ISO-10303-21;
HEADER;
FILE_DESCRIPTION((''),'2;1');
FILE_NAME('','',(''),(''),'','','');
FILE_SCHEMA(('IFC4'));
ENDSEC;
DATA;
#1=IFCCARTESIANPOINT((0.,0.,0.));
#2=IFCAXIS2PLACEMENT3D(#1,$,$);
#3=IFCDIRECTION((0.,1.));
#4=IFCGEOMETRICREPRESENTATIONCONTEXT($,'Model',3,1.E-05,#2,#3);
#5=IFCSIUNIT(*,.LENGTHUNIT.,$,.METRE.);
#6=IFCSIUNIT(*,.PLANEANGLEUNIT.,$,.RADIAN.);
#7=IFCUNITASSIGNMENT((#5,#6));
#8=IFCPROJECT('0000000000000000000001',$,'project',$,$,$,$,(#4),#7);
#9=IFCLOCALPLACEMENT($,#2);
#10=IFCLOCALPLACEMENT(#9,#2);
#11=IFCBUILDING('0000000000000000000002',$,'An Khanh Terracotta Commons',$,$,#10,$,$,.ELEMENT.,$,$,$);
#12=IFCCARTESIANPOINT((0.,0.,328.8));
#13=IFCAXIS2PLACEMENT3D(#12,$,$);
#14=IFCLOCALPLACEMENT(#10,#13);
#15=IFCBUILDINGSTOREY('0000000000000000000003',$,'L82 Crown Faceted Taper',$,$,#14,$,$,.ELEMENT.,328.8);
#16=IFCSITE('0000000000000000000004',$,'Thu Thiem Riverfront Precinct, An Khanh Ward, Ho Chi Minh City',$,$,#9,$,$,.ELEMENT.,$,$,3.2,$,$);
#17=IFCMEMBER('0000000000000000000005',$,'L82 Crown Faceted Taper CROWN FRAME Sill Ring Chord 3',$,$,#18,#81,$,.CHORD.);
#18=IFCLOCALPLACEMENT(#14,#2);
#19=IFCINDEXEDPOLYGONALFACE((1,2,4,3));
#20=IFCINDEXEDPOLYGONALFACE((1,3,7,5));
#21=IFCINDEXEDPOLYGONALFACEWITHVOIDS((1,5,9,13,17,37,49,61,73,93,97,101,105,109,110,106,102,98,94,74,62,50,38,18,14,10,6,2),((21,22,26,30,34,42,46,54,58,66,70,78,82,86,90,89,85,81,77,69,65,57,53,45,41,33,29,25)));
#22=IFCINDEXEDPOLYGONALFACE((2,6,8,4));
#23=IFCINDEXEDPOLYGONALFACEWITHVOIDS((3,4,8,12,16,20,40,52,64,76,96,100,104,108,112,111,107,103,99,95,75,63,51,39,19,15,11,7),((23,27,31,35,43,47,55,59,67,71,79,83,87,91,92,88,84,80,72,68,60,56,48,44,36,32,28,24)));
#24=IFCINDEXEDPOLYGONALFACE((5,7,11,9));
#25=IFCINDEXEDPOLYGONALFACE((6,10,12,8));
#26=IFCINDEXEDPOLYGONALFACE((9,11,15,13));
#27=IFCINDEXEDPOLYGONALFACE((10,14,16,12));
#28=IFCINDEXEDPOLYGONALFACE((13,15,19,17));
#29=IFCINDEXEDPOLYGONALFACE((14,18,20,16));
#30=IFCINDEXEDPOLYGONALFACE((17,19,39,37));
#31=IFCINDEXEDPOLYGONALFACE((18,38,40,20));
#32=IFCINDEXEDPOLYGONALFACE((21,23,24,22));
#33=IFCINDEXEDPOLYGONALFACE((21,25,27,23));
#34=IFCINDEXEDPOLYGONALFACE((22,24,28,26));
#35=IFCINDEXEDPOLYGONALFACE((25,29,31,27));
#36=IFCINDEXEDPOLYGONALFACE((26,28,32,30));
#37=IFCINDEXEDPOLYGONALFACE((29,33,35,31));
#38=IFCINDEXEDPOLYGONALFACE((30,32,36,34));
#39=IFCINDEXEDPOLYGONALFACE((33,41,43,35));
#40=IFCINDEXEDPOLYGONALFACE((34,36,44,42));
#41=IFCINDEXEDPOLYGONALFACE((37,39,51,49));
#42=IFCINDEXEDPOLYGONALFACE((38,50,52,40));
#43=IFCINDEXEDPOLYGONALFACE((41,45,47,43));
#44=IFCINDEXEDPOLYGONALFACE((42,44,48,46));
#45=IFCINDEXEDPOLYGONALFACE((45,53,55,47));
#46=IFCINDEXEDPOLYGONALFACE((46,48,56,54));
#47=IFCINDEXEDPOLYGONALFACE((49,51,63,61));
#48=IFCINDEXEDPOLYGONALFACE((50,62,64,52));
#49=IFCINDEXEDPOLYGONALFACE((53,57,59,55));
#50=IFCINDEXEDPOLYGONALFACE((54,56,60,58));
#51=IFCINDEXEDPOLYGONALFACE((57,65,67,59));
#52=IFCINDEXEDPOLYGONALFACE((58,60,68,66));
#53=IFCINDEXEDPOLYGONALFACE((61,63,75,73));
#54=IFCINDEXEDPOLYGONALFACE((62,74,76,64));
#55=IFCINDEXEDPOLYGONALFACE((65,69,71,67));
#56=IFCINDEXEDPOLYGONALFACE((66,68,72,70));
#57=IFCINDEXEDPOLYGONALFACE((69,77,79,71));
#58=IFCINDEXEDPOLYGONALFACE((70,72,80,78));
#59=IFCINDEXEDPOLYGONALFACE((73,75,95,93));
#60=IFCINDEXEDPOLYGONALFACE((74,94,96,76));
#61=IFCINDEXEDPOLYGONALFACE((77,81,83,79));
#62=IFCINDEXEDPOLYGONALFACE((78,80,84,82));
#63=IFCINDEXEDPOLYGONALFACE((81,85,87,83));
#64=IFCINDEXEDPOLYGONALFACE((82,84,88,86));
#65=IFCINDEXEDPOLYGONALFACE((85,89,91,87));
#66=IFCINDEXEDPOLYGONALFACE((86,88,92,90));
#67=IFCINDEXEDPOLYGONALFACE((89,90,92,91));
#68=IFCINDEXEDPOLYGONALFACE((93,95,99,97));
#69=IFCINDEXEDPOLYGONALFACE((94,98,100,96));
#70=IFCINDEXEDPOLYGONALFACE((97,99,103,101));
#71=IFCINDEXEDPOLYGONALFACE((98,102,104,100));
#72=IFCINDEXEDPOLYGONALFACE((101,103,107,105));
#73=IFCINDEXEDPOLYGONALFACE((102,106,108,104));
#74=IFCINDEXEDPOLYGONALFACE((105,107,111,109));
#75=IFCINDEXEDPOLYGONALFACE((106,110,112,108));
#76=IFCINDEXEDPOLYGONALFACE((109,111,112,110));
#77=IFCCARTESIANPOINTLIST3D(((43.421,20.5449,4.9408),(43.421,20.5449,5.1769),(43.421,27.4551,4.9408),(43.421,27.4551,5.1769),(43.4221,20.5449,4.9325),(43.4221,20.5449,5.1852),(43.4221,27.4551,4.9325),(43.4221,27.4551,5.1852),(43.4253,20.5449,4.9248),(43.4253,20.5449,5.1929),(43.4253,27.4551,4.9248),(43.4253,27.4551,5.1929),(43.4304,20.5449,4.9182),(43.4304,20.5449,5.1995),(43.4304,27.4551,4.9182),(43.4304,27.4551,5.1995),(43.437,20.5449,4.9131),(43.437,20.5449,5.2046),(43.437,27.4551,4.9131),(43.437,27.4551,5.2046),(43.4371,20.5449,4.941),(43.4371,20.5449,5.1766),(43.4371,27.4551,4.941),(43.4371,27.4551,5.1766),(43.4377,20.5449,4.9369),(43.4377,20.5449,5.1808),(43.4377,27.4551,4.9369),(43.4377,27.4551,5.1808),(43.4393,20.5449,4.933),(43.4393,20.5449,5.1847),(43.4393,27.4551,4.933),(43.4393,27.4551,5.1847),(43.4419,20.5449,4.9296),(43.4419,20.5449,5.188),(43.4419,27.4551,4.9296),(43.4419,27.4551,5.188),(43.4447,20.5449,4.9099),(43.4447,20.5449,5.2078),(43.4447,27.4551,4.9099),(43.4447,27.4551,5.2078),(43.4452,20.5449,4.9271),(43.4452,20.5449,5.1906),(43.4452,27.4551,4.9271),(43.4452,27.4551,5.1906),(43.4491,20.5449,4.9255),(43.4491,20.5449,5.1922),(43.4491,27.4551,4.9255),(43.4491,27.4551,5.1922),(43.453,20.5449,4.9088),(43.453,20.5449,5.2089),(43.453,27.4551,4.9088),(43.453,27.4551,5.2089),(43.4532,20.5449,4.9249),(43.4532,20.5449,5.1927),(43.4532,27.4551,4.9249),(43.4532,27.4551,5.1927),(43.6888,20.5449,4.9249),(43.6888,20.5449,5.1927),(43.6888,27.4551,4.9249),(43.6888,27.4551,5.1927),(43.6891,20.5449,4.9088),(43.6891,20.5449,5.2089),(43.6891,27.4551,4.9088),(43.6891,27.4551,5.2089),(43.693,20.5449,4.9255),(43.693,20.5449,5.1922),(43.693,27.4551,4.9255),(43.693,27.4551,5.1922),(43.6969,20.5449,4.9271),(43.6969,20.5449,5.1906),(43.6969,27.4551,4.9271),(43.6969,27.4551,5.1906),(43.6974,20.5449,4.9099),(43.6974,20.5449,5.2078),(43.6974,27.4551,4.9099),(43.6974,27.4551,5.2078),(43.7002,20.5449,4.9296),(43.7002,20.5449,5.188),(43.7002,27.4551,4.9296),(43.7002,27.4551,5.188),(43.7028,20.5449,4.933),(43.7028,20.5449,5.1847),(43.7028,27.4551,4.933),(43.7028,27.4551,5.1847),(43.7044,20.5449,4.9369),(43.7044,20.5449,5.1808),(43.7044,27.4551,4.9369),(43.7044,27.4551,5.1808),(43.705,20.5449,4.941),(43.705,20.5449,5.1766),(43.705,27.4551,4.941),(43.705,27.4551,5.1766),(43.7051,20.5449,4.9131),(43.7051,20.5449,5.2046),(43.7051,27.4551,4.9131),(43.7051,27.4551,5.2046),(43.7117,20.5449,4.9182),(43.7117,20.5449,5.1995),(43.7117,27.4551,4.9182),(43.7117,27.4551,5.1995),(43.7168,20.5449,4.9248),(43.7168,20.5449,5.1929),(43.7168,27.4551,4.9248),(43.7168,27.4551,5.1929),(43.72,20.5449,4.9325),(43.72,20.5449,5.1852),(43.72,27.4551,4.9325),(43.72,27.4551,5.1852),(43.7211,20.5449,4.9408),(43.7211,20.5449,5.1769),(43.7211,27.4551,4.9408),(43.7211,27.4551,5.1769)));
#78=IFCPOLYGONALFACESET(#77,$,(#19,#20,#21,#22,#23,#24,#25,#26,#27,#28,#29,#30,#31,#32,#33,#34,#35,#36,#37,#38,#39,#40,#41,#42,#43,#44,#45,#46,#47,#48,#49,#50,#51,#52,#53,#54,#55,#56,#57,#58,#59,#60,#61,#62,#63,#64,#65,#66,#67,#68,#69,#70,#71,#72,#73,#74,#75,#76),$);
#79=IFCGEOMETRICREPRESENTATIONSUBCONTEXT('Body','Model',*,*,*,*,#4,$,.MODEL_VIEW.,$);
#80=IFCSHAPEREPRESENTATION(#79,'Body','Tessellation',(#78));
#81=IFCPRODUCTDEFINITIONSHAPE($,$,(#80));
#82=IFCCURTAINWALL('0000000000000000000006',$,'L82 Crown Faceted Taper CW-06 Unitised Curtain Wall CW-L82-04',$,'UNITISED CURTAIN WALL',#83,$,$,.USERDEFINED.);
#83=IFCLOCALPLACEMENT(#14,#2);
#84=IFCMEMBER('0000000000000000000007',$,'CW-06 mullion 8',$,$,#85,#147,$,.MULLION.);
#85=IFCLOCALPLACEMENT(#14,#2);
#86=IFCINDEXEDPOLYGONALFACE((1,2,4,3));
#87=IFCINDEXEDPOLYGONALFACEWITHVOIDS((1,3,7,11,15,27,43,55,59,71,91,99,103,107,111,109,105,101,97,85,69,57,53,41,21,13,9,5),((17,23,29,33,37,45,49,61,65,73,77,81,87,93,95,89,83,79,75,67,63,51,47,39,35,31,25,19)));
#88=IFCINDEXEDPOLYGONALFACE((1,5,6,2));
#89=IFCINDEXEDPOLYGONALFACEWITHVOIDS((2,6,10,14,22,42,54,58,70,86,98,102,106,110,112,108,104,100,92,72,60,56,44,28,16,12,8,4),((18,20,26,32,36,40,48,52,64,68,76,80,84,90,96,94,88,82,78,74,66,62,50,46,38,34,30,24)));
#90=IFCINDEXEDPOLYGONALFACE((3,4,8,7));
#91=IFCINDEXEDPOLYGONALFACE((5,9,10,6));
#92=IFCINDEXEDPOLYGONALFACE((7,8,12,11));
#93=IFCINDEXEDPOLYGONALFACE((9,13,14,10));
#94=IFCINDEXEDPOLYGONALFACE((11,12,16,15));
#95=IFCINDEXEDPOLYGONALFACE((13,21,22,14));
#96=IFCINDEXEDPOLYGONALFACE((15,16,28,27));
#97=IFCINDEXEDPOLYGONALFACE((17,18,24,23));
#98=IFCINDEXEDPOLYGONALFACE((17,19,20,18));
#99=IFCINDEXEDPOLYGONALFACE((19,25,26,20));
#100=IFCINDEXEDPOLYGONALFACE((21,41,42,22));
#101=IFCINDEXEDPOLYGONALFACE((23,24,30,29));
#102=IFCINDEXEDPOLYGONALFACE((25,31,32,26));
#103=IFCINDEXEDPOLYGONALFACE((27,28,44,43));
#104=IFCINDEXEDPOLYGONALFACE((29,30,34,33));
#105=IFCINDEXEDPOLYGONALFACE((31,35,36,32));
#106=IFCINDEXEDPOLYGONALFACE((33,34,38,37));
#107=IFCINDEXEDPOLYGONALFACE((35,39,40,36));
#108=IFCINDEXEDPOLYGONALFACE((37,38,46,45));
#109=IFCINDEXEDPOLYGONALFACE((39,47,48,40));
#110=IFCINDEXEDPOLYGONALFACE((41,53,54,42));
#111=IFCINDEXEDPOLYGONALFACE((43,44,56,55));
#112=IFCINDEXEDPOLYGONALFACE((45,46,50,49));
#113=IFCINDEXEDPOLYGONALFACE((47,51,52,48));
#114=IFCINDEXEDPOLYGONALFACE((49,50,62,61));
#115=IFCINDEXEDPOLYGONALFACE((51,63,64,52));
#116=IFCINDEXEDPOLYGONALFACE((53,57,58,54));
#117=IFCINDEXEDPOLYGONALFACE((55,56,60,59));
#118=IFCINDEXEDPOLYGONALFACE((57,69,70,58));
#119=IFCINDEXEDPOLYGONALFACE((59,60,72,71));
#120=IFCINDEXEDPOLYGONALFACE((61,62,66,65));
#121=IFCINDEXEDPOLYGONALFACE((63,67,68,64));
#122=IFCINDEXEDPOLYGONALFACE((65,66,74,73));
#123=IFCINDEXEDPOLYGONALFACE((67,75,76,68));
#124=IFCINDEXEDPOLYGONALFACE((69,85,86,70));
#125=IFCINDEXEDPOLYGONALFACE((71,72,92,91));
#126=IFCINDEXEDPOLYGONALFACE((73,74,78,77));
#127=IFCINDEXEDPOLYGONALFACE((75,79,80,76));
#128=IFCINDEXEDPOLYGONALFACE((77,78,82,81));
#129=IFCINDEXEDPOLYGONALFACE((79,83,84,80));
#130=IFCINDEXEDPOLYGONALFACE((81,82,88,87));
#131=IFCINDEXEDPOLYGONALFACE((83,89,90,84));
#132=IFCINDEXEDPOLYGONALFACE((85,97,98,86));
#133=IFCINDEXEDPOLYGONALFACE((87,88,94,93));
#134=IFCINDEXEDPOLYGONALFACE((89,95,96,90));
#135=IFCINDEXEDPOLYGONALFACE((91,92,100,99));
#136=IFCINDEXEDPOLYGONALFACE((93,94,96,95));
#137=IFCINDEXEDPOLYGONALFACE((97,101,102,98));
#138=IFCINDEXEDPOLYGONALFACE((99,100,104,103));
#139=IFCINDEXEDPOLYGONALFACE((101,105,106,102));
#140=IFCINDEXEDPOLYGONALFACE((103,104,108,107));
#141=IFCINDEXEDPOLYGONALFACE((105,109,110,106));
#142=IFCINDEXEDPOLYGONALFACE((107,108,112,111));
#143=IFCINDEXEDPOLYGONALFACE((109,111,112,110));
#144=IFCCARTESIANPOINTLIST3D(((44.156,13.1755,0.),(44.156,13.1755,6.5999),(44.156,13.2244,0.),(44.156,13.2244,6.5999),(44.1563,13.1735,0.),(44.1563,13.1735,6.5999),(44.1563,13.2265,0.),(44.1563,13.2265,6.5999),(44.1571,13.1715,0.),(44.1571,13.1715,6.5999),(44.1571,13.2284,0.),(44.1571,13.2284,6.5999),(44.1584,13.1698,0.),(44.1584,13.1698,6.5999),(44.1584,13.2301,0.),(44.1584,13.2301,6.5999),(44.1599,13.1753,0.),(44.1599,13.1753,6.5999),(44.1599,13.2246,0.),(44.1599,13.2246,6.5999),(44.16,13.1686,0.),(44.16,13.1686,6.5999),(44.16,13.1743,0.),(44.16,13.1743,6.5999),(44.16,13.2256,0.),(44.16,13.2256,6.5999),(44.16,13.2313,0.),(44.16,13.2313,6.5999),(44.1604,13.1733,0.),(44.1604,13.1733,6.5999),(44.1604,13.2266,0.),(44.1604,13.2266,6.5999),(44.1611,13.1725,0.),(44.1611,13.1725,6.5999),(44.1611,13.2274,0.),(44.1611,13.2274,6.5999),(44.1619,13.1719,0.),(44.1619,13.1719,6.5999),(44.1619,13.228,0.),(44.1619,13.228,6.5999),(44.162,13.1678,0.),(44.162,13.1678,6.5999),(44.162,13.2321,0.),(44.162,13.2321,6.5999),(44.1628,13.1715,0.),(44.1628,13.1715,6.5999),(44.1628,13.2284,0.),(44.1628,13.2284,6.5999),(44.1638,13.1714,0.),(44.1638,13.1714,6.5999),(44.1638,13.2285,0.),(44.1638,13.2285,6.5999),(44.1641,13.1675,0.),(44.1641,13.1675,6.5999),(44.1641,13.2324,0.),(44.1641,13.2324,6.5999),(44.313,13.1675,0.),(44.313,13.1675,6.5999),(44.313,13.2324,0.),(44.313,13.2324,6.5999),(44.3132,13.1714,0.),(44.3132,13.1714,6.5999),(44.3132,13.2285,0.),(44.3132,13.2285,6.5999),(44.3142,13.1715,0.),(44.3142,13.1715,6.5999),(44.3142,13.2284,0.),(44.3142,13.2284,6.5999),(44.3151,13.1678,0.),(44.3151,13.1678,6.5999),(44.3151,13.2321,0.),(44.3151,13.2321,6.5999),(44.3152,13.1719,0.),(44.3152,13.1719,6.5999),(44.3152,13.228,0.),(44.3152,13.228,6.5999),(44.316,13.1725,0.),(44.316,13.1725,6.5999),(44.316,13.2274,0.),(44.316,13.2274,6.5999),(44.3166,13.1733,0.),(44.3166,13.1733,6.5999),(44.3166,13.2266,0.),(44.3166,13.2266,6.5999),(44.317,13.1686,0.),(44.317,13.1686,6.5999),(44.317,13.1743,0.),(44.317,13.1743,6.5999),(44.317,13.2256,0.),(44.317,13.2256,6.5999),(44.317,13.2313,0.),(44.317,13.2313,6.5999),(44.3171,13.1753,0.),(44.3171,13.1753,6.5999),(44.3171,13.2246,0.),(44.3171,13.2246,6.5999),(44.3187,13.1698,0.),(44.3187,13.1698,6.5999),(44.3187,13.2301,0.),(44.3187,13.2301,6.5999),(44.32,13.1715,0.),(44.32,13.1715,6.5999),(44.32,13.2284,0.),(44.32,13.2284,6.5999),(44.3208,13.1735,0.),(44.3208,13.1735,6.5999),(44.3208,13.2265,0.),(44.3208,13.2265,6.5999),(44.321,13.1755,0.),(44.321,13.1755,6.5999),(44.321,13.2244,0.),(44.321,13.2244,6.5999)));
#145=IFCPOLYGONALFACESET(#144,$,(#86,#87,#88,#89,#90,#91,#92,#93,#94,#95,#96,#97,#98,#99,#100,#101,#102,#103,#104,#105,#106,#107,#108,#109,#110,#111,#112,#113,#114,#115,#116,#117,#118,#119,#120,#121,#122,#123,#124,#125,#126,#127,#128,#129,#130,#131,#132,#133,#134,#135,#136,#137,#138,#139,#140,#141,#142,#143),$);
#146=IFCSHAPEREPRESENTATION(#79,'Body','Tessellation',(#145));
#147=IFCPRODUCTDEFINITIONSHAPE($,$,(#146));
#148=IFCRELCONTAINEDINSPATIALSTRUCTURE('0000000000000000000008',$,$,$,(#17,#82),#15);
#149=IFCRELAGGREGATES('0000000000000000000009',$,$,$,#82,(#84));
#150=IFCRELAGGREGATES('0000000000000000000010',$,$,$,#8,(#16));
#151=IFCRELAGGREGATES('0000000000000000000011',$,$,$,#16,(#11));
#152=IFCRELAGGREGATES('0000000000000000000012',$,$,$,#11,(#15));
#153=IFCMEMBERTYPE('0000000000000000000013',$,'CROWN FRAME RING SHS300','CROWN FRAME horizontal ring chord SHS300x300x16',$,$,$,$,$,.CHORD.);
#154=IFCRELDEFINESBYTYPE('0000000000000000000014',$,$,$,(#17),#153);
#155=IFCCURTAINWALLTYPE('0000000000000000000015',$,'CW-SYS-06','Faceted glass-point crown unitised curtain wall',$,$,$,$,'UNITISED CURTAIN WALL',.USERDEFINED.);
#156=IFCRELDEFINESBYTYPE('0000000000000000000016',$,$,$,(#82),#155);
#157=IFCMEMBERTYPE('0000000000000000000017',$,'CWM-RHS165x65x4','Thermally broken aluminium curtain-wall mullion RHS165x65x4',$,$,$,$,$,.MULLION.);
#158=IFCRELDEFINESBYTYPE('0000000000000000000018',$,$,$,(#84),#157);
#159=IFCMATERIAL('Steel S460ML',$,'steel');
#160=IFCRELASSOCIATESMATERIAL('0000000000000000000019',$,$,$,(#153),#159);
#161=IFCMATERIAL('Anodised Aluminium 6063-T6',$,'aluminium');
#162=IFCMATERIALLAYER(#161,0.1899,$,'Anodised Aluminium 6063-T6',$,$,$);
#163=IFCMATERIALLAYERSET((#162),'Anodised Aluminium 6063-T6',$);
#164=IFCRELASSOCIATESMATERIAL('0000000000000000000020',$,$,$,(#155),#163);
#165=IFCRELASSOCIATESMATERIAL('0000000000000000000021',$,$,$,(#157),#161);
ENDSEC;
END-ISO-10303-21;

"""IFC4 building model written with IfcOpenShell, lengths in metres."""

from ifc_helpers import new_model, si_unit, direction, frame, origin, origin_2d, place, context, subcontext, project, spatial, hollow_rectangle, extrude, material, layer, layer_set, material_profile, profile_set, type_object, element, aggregate, save


model = new_model("IFC4")

# Units and contexts
model_context = context("Model", 3, precision=1e-05, world=origin(), true_north=direction((0.0, 1.0)))
body_context = subcontext(model_context, "Body", "Model", "MODEL_VIEW")
ifc_project = project(units=[si_unit("LENGTHUNIT", "METRE"), si_unit("PLANEANGLEUNIT", "RADIAN")], contexts=[model_context])

# Site, building, storey
site_placement = place(None, origin())
site = spatial("IfcSite", under=ifc_project, at=site_placement, Name="Thu Thiem Riverfront Precinct, An Khanh Ward, Ho Chi Minh City", CompositionType="ELEMENT", RefElevation=3.2)
building_placement = place(site_placement, origin())
building = spatial("IfcBuilding", under=site, at=building_placement, Name="An Khanh Terracotta Commons", CompositionType="ELEMENT")
storey_placement = place(building_placement, frame((0.0, 0.0, 328.8)))
storey = spatial("IfcBuildingStorey", under=building, at=storey_placement, Name="L82 Crown Faceted Taper", CompositionType="ELEMENT", Elevation=328.8)

# Member
ifc_material_1 = material(Name="Steel S460ML", Category="steel")
ifc_material_profile_1 = material_profile(ifc_material_1, hollow_rectangle(XDim=0.3, YDim=0.3, WallThickness=0.0161, InnerFilletRadius=0.0161, OuterFilletRadius=0.032, at=origin_2d()), Name="SHS300x300x16")
ifc_profile_set_1 = profile_set([ifc_material_profile_1], Name="Steel S460ML")
member_type_1 = type_object("IfcMemberType", Name="CROWN FRAME RING SHS300", Description="CROWN FRAME horizontal ring chord SHS300x300x16", PredefinedType="CHORD", material=ifc_profile_set_1)
member_1_placement = place(storey_placement, frame((43.571, 20.5449, 5.0588), z_axis=(0.0, 1.0, 0.0), x_axis=(-1.0, 0.0, 0.0)))
element("IfcMember", 1, at=member_1_placement, inside=storey, type_object=member_type_1, Name="L82 Crown Faceted Taper CROWN FRAME Sill Ring Chord 3", PredefinedType="CHORD", context=body_context, shape_type="SweptSolid", body=[
    extrude(hollow_rectangle(XDim=0.3, YDim=0.3, WallThickness=0.0161, InnerFilletRadius=0.0161, OuterFilletRadius=0.032, at=origin_2d()), origin(), (0.0, 0.0, 1.0), 6.9102),
])

# Curtain wall, member
ifc_material_2 = material(Name="Anodised Aluminium 6063-T6", Category="aluminium")
ifc_layer_1 = layer(ifc_material_2, 0.1899, Name="Anodised Aluminium 6063-T6")
ifc_layer_set_1 = layer_set([ifc_layer_1], Name="Anodised Aluminium 6063-T6")
curtain_wall_type = type_object("IfcCurtainWallType", Name="CW-SYS-06", Description="Faceted glass-point crown unitised curtain wall", ElementType="UNITISED CURTAIN WALL", PredefinedType="USERDEFINED", material=ifc_layer_set_1)
curtain_wall_1_placement = place(storey_placement, origin())
curtain_wall_1 = element("IfcCurtainWall", 2, at=curtain_wall_1_placement, inside=storey, type_object=curtain_wall_type, Name="L82 Crown Faceted Taper CW-06 Unitised Curtain Wall CW-L82-04", ObjectType="UNITISED CURTAIN WALL", PredefinedType="USERDEFINED")
ifc_material_profile_2 = material_profile(ifc_material_2, hollow_rectangle(XDim=0.0649, YDim=0.165, WallThickness=0.0039, InnerFilletRadius=0.0039, OuterFilletRadius=0.0081, at=origin_2d()), Name="RHS165x65x4")
ifc_profile_set_2 = profile_set([ifc_material_profile_2], Name="Anodised Aluminium 6063-T6")
member_type_2 = type_object("IfcMemberType", Name="CWM-RHS165x65x4", Description="Thermally broken aluminium curtain-wall mullion RHS165x65x4", PredefinedType="MULLION", material=ifc_profile_set_2)
member_2_placement = place(storey_placement, frame((44.2385, 13.2, 0.0), z_axis=(0.0, 0.0, 1.0), x_axis=(0.0, 1.0, 0.0)))
member_2 = element("IfcMember", 3, at=member_2_placement, type_object=member_type_2, Name="CW-06 mullion 8", PredefinedType="MULLION", context=body_context, shape_type="SweptSolid", body=[
    extrude(hollow_rectangle(XDim=0.0649, YDim=0.165, WallThickness=0.0039, InnerFilletRadius=0.0039, OuterFilletRadius=0.0081, at=origin_2d()), origin(), (0.0, 0.0, 1.0), 6.5999),
])
aggregate(curtain_wall_1, [member_2])

save(model, "model.ifc")
